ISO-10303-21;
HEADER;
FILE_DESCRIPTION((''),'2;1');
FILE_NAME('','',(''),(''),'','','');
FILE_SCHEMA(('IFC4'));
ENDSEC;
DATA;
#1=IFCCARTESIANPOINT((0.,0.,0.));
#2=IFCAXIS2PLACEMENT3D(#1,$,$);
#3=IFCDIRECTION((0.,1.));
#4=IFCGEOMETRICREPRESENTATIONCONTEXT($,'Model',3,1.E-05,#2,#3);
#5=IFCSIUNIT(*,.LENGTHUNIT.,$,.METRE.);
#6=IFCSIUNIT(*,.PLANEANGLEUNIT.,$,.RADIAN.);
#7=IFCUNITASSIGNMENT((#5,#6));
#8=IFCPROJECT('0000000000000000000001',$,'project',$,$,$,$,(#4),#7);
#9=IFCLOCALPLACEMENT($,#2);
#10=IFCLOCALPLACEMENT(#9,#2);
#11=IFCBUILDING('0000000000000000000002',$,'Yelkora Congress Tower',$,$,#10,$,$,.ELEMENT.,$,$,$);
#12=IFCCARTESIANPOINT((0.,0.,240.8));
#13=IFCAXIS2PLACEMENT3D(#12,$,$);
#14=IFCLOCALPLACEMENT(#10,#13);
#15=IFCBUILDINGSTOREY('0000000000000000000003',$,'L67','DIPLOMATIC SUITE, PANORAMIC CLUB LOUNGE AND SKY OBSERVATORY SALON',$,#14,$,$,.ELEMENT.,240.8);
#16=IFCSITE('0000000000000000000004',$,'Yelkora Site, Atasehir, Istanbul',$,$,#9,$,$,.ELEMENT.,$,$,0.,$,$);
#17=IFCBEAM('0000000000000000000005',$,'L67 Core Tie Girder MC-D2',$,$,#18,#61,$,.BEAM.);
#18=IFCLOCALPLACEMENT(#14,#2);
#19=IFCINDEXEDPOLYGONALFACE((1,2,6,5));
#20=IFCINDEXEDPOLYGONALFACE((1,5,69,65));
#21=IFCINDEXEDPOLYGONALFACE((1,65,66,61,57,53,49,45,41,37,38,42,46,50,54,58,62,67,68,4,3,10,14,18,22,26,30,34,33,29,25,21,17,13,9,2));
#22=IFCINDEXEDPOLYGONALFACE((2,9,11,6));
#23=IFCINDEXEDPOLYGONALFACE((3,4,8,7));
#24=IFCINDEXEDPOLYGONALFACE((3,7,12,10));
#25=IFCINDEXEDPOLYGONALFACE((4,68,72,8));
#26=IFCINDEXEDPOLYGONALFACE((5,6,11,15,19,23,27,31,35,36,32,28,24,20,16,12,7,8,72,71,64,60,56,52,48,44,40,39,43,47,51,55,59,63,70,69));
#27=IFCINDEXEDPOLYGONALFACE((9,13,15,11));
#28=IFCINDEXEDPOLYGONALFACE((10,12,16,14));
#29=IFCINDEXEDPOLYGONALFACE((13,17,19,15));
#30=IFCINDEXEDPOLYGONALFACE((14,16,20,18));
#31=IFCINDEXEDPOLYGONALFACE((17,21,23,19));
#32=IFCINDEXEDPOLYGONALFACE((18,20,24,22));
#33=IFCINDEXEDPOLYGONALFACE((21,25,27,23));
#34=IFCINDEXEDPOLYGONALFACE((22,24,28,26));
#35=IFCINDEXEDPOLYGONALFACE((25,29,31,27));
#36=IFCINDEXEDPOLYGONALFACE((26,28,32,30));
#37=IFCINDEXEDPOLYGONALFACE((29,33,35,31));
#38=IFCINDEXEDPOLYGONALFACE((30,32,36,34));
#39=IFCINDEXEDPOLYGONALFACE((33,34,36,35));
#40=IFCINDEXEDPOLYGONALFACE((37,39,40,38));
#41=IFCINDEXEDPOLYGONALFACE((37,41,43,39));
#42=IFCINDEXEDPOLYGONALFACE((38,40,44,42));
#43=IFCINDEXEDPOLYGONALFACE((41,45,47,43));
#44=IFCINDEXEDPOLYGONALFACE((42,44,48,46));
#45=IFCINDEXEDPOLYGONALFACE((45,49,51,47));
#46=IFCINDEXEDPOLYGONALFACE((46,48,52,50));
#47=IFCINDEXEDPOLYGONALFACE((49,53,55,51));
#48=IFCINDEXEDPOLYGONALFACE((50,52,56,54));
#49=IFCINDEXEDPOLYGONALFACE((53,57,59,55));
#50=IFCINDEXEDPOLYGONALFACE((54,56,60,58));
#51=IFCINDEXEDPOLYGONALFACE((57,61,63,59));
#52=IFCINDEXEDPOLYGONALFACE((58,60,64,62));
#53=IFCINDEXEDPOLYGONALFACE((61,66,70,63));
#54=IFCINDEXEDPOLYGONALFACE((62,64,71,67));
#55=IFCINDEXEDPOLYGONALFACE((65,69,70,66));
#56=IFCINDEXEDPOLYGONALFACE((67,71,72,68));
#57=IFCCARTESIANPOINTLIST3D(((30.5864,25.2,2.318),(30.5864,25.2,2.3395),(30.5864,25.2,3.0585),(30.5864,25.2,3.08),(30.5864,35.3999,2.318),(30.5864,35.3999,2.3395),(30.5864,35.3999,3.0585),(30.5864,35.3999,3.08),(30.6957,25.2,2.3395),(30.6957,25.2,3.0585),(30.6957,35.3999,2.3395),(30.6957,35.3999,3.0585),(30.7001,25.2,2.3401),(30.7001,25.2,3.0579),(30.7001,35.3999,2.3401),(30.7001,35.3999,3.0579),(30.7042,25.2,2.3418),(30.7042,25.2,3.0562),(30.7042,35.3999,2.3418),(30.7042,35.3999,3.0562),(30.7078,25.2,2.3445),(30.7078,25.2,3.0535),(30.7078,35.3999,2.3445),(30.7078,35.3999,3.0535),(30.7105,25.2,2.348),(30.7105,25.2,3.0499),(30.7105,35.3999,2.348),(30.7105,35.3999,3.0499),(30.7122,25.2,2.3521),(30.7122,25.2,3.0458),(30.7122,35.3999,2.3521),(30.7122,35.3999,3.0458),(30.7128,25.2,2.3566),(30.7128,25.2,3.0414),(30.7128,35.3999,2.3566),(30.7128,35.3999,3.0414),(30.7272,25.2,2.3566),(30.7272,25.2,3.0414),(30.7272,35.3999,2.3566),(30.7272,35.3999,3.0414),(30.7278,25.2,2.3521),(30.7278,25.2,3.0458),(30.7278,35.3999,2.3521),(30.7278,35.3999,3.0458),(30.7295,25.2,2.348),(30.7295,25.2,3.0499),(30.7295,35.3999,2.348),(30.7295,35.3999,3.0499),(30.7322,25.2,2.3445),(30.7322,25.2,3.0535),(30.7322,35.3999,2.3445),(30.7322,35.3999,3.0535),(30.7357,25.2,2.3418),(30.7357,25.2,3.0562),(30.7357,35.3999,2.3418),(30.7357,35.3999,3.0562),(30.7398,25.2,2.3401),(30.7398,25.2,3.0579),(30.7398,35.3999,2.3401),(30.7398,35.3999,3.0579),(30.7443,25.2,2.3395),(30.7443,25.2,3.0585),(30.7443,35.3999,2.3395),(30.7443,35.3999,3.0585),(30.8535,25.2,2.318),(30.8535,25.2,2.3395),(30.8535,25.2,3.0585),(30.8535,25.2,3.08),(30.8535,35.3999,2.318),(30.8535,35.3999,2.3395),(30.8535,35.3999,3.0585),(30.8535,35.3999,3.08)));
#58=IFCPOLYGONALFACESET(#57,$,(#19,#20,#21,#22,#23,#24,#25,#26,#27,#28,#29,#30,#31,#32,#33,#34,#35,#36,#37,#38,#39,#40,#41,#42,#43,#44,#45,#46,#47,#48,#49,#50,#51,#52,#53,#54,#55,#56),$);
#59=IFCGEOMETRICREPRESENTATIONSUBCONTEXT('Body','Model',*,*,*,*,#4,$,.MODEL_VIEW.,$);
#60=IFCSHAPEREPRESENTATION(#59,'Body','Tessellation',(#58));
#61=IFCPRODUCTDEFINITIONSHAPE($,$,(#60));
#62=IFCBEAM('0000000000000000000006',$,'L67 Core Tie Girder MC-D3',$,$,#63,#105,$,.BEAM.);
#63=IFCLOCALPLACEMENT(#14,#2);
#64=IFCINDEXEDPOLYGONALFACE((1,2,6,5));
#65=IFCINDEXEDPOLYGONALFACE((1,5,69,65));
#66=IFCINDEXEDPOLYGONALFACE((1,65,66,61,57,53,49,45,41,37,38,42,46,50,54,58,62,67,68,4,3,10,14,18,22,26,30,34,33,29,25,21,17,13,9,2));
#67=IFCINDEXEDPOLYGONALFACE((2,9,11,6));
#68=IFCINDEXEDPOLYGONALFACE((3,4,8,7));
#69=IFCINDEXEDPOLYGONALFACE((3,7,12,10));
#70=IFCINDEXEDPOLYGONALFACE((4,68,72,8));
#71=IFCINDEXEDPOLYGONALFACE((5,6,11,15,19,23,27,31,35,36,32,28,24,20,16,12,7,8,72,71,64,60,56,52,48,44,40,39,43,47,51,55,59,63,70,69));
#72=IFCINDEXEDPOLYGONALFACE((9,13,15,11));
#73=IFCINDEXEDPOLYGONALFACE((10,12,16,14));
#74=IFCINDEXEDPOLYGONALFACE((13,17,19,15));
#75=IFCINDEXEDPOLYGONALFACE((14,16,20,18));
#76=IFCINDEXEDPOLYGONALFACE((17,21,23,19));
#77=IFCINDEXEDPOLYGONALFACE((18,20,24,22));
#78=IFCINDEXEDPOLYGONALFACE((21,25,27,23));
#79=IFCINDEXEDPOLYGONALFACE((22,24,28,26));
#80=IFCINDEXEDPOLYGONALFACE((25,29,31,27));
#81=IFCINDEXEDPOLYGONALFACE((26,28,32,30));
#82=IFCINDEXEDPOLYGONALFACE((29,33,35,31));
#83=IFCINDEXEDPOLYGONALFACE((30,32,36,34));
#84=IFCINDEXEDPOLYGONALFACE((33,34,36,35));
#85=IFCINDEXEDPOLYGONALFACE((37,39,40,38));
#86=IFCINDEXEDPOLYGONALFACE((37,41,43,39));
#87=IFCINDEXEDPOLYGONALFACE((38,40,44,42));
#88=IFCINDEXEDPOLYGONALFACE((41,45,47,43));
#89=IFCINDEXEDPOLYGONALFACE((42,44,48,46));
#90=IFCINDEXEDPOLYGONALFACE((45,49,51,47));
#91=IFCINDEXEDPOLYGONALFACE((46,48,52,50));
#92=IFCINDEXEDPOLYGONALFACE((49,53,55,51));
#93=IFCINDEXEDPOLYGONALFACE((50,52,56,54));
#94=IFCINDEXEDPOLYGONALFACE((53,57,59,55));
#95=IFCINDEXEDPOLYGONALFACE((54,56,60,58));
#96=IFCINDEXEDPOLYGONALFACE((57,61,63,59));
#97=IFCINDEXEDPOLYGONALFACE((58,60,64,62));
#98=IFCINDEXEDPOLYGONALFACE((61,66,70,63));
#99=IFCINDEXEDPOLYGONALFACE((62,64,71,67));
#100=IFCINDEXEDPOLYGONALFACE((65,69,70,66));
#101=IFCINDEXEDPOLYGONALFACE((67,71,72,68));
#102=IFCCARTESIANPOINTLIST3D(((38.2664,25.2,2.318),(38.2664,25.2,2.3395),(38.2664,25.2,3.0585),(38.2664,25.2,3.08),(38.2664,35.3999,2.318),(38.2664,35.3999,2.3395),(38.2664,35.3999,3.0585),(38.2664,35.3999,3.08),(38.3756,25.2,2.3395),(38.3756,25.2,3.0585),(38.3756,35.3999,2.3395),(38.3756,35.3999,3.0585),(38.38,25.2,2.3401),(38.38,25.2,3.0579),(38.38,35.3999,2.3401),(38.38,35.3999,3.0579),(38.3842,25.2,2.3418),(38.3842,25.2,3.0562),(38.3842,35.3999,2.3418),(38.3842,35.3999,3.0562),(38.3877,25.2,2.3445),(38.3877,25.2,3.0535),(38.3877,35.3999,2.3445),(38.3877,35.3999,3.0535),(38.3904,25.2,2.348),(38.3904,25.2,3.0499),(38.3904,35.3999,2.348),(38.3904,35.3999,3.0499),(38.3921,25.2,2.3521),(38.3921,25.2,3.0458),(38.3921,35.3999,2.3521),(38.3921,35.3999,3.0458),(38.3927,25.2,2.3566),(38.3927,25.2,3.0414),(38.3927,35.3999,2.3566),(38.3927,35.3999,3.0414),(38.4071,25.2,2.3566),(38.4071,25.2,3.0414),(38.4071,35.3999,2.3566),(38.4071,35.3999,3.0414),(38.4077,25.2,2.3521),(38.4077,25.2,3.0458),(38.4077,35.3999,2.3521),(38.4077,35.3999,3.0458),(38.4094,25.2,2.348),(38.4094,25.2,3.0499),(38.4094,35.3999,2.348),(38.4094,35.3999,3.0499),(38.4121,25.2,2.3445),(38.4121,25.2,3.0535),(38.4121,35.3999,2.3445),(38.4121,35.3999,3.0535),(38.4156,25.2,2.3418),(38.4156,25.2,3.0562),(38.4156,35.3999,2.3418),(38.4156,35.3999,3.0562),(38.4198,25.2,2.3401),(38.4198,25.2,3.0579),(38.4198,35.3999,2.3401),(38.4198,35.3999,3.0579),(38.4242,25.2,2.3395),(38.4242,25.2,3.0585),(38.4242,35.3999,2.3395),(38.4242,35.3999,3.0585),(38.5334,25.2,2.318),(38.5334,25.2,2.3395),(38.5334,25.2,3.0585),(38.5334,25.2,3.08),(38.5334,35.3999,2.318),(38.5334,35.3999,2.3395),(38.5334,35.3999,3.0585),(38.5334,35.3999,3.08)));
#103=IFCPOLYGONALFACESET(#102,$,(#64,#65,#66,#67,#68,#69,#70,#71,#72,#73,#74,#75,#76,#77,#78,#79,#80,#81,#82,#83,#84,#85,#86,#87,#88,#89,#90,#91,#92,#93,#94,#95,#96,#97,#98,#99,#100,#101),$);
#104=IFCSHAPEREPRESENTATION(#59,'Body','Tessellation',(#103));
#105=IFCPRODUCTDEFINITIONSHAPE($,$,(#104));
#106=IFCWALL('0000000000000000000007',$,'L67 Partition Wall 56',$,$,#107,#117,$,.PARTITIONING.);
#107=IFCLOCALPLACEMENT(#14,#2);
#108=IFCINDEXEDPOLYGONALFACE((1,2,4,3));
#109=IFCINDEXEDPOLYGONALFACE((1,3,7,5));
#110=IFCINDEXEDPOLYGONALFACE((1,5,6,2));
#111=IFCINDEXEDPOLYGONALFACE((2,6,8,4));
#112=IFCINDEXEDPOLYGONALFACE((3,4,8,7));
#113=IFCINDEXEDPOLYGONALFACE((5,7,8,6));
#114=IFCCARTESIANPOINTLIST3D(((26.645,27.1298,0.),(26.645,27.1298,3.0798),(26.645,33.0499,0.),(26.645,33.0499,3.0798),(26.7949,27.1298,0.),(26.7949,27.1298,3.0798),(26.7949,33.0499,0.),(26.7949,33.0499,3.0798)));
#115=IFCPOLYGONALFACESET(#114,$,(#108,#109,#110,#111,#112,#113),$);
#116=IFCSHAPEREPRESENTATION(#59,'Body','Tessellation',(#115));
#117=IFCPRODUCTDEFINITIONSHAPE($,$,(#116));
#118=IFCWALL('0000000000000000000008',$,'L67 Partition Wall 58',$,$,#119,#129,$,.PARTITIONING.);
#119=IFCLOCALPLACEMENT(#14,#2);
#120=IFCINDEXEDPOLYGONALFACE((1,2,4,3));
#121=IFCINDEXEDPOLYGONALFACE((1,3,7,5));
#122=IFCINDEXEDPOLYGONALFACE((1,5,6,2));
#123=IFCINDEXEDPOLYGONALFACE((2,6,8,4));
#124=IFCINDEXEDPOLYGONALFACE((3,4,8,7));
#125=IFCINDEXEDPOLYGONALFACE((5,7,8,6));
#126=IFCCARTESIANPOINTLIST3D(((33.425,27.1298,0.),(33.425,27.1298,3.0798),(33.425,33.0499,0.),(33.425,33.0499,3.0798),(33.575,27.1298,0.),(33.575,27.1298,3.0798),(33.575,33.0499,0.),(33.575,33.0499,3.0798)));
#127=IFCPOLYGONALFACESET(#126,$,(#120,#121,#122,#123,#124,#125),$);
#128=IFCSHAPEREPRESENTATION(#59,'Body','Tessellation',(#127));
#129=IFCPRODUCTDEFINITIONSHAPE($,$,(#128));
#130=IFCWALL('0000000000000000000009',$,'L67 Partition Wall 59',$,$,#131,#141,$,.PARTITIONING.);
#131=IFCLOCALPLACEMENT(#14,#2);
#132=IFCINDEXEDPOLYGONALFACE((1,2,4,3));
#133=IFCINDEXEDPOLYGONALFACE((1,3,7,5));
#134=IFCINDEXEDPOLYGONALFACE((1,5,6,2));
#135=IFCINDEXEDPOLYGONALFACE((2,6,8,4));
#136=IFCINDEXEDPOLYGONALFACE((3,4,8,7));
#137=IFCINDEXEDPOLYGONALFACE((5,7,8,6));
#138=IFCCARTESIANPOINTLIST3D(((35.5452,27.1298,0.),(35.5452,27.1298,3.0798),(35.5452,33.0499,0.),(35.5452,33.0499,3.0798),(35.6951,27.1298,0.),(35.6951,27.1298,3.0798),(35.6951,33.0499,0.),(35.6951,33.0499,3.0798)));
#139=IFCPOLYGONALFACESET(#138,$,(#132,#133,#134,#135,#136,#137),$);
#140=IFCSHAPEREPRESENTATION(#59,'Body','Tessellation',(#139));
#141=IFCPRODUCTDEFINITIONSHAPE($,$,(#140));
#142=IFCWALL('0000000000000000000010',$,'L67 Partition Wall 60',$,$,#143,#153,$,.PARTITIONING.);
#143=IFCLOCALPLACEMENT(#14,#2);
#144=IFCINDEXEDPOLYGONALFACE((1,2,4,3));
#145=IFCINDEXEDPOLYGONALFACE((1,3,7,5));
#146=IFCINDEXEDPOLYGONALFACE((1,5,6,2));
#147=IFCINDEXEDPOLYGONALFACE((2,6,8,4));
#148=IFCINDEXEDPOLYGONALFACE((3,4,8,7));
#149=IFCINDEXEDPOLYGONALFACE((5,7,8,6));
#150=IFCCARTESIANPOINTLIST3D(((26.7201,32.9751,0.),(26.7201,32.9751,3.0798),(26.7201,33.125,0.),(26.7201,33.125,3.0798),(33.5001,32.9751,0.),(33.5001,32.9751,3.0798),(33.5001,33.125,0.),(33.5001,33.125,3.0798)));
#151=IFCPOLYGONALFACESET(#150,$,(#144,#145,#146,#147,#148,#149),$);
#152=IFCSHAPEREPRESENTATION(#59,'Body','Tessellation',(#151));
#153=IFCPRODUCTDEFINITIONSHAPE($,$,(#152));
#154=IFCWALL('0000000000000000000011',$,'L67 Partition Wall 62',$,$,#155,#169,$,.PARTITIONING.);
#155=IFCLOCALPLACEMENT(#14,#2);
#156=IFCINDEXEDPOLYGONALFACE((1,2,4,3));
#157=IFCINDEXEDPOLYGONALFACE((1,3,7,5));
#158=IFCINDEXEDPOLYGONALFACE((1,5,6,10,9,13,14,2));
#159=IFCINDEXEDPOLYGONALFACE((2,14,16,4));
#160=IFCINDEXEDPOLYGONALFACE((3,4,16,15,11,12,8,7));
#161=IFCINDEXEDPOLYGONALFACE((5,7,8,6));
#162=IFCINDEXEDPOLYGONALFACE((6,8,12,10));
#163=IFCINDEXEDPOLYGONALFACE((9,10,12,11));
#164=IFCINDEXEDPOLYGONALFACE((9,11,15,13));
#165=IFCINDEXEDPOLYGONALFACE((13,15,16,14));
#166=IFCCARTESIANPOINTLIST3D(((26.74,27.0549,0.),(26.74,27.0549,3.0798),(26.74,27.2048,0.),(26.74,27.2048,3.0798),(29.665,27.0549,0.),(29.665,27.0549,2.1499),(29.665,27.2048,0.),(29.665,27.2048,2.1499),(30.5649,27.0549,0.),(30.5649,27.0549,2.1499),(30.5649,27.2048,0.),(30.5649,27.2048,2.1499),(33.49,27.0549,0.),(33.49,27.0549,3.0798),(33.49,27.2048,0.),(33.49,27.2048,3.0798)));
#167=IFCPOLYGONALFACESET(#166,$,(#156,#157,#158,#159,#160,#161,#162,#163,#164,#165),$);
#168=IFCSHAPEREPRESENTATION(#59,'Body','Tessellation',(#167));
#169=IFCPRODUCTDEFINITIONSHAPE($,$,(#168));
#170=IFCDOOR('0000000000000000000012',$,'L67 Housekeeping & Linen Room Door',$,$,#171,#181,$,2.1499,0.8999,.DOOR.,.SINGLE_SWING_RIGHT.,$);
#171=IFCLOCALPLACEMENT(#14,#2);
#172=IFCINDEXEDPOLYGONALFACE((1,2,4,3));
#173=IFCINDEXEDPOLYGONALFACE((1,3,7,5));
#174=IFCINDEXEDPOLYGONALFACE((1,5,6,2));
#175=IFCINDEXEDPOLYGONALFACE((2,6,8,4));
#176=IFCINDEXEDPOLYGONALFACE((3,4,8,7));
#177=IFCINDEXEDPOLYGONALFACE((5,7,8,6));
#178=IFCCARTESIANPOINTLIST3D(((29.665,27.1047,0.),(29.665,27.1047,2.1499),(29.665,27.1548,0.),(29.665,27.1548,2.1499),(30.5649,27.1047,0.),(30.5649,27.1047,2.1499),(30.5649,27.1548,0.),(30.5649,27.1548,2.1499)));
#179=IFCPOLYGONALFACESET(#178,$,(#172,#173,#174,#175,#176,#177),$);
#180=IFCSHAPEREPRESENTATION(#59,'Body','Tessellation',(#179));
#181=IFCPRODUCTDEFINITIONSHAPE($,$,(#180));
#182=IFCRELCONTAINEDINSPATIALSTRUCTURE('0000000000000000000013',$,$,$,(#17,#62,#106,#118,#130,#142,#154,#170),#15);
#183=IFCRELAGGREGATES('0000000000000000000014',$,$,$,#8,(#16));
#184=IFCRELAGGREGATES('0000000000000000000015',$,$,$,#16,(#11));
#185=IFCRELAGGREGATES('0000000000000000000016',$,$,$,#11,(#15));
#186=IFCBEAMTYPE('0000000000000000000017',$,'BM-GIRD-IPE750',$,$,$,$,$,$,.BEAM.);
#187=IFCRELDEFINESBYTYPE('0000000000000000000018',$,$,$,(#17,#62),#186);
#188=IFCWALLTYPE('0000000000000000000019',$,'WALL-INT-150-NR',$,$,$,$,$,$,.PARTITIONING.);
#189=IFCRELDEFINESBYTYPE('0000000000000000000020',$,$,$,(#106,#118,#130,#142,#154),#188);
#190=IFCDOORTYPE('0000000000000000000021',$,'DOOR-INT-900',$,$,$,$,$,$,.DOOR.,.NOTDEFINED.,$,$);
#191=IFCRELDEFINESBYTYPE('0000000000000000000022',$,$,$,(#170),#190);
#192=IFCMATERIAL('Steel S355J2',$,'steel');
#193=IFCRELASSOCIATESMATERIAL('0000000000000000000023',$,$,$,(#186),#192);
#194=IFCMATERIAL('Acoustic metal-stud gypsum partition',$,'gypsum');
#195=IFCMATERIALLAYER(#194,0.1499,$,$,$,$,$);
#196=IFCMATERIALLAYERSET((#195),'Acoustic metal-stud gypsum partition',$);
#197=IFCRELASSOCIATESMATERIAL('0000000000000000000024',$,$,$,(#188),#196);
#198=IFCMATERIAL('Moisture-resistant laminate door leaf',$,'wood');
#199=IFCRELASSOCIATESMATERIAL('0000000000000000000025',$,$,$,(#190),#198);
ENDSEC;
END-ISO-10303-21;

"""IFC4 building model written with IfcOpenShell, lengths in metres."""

from ifc_helpers import new_model, si_unit, direction, frame, frame_2d, origin, origin_2d, place, context, subcontext, project, spatial, rectangle, i_section, extrude, material, layer, layer_set, material_profile, profile_set, type_object, element, fill, save


model = new_model("IFC4")

# Units and contexts
model_context = context("Model", 3, precision=1e-05, world=origin(), true_north=direction((0.0, 1.0)))
body_context = subcontext(model_context, "Body", "Model", "MODEL_VIEW")
ifc_project = project(units=[si_unit("LENGTHUNIT", "METRE"), si_unit("PLANEANGLEUNIT", "RADIAN")], contexts=[model_context])

# Site, building, storey
site_placement = place(None, origin())
site = spatial("IfcSite", under=ifc_project, at=site_placement, Name="Yelkora Site, Atasehir, Istanbul", CompositionType="ELEMENT", RefElevation=0.0)
building_placement = place(site_placement, origin())
building = spatial("IfcBuilding", under=site, at=building_placement, Name="Yelkora Congress Tower", CompositionType="ELEMENT")
storey_placement = place(building_placement, frame((0.0, 0.0, 240.8)))
storey = spatial("IfcBuildingStorey", under=building, at=storey_placement, Name="L67", Description="DIPLOMATIC SUITE, PANORAMIC CLUB LOUNGE AND SKY OBSERVATORY SALON", CompositionType="ELEMENT", Elevation=240.8)

# Beams
ifc_material_1 = material(Name="Steel S355J2", Category="steel")
ifc_material_profile_1 = material_profile(ifc_material_1, i_section(OverallWidth=0.2671, OverallDepth=0.762, WebThickness=0.0144, FlangeThickness=0.0215, FilletRadius=0.0171, at=origin_2d()), Name="IPE 750x173")
ifc_profile_set_1 = profile_set([ifc_material_profile_1], Name="Steel S355J2")
beam_type = type_object("IfcBeamType", Name="BM-GIRD-IPE750", PredefinedType="BEAM", material=ifc_profile_set_1)
for number, where, z_axis, x_axis, name in (
    (1, (30.72, 25.2, 2.699), (0.0, 1.0, 0.0), (-1.0, 0.0, 0.0), "L67 Core Tie Girder MC-D2"),
    (2, (38.3999, 25.2, 2.699), (0.0, 1.0, 0.0), (-1.0, 0.0, 0.0), "L67 Core Tie Girder MC-D3"),
):
    element("IfcBeam", number, at=place(storey_placement, frame(where, z_axis=z_axis, x_axis=x_axis)), inside=storey, type_object=beam_type, Name=name, PredefinedType="BEAM", context=body_context, shape_type="SweptSolid", body=[
        extrude(i_section(OverallWidth=0.2671, OverallDepth=0.762, WebThickness=0.0144, FlangeThickness=0.0215, FilletRadius=0.0171, at=origin_2d()), origin(), (0.0, 0.0, 1.0), 10.2),
    ])

# Walls
ifc_material_2 = material(Name="Acoustic metal-stud gypsum partition", Category="gypsum")
ifc_layer = layer(ifc_material_2, 0.1499)
ifc_layer_set = layer_set([ifc_layer], Name="Acoustic metal-stud gypsum partition")
wall_type = type_object("IfcWallType", Name="WALL-INT-150-NR", PredefinedType="PARTITIONING", material=ifc_layer_set)
for number, where, z_axis, x_axis, name in (
    (3, (26.72, 27.1299, 0.0), (0.0, 0.0, 1.0), (0.0, 1.0, 0.0), "L67 Partition Wall 56"),
    (4, (33.5, 27.1299, 0.0), (0.0, 0.0, 1.0), (0.0, 1.0, 0.0), "L67 Partition Wall 58"),
    (5, (35.6201, 27.1299, 0.0), (0.0, 0.0, 1.0), (0.0, 1.0, 0.0), "L67 Partition Wall 59"),
):
    element("IfcWall", number, at=place(storey_placement, frame(where, z_axis=z_axis, x_axis=x_axis)), inside=storey, type_object=wall_type, Name=name, PredefinedType="PARTITIONING", context=body_context, shape_type="SweptSolid", body=[
        extrude(rectangle(XDim=5.9202, YDim=0.1499, at=frame_2d((2.96, 0.0))), origin(), (0.0, 0.0, 1.0), 3.0798),
    ])
wall_1_placement = place(storey_placement, frame((26.72, 33.05, 0.0), z_axis=(0.0, 0.0, 1.0), x_axis=(1.0, 0.0, 0.0)))
element("IfcWall", 6, at=wall_1_placement, inside=storey, type_object=wall_type, Name="L67 Partition Wall 60", PredefinedType="PARTITIONING", context=body_context, shape_type="SweptSolid", body=[
    extrude(rectangle(XDim=6.78, YDim=0.1499, at=frame_2d((3.3901, 0.0))), origin(), (0.0, 0.0, 1.0), 3.0798),
])

# Wall, opening, door
wall_2_placement = place(storey_placement, frame((26.74, 27.1299, 0.0), z_axis=(0.0, 0.0, 1.0), x_axis=(1.0, 0.0, 0.0)))
wall_2 = element("IfcWall", 7, at=wall_2_placement, inside=storey, type_object=wall_type, Name="L67 Partition Wall 62", PredefinedType="PARTITIONING", context=body_context, shape_type="SweptSolid", body=[
    extrude(rectangle(XDim=6.75, YDim=0.1499, at=frame_2d((3.375, 0.0))), origin(), (0.0, 0.0, 1.0), 3.0798),
])
opening_1_placement = place(wall_2_placement, frame((2.925, 0.0, 0.0)))
opening_1 = element("IfcOpeningElement", 8, at=opening_1_placement, cuts=wall_2, PredefinedType="OPENING", context=body_context, shape_type="SweptSolid", body=[
    extrude(rectangle(XDim=0.8999, YDim=2.1499, at=frame_2d((0.45, 1.075))), frame((0.0, 0.085, 0.0), z_axis=(0.0, -1.0, 0.0), x_axis=(1.0, 0.0, 0.0)), (0.0, 0.0, 1.0), 0.1699),
])
ifc_material_3 = material(Name="Moisture-resistant laminate door leaf", Category="wood")
door_type = type_object("IfcDoorType", Name="DOOR-INT-900", OperationType="NOTDEFINED", PredefinedType="DOOR", material=ifc_material_3)
door_1_placement = place(opening_1_placement, origin())
door_1 = element("IfcDoor", 9, at=door_1_placement, inside=storey, type_object=door_type, Name="L67 Housekeeping & Linen Room Door", OperationType="SINGLE_SWING_RIGHT", OverallHeight=2.1499, OverallWidth=0.8999, PredefinedType="DOOR", context=body_context, shape_type="SweptSolid", body=[
    extrude(rectangle(XDim=0.8999, YDim=2.1499, at=frame_2d((0.45, 1.075))), frame((0.0, 0.0249, 0.0), z_axis=(0.0, -1.0, 0.0), x_axis=(1.0, 0.0, 0.0)), (0.0, 0.0, 1.0), 0.05),
])
fill(opening_1, door_1)

save(model, "model.ifc")
